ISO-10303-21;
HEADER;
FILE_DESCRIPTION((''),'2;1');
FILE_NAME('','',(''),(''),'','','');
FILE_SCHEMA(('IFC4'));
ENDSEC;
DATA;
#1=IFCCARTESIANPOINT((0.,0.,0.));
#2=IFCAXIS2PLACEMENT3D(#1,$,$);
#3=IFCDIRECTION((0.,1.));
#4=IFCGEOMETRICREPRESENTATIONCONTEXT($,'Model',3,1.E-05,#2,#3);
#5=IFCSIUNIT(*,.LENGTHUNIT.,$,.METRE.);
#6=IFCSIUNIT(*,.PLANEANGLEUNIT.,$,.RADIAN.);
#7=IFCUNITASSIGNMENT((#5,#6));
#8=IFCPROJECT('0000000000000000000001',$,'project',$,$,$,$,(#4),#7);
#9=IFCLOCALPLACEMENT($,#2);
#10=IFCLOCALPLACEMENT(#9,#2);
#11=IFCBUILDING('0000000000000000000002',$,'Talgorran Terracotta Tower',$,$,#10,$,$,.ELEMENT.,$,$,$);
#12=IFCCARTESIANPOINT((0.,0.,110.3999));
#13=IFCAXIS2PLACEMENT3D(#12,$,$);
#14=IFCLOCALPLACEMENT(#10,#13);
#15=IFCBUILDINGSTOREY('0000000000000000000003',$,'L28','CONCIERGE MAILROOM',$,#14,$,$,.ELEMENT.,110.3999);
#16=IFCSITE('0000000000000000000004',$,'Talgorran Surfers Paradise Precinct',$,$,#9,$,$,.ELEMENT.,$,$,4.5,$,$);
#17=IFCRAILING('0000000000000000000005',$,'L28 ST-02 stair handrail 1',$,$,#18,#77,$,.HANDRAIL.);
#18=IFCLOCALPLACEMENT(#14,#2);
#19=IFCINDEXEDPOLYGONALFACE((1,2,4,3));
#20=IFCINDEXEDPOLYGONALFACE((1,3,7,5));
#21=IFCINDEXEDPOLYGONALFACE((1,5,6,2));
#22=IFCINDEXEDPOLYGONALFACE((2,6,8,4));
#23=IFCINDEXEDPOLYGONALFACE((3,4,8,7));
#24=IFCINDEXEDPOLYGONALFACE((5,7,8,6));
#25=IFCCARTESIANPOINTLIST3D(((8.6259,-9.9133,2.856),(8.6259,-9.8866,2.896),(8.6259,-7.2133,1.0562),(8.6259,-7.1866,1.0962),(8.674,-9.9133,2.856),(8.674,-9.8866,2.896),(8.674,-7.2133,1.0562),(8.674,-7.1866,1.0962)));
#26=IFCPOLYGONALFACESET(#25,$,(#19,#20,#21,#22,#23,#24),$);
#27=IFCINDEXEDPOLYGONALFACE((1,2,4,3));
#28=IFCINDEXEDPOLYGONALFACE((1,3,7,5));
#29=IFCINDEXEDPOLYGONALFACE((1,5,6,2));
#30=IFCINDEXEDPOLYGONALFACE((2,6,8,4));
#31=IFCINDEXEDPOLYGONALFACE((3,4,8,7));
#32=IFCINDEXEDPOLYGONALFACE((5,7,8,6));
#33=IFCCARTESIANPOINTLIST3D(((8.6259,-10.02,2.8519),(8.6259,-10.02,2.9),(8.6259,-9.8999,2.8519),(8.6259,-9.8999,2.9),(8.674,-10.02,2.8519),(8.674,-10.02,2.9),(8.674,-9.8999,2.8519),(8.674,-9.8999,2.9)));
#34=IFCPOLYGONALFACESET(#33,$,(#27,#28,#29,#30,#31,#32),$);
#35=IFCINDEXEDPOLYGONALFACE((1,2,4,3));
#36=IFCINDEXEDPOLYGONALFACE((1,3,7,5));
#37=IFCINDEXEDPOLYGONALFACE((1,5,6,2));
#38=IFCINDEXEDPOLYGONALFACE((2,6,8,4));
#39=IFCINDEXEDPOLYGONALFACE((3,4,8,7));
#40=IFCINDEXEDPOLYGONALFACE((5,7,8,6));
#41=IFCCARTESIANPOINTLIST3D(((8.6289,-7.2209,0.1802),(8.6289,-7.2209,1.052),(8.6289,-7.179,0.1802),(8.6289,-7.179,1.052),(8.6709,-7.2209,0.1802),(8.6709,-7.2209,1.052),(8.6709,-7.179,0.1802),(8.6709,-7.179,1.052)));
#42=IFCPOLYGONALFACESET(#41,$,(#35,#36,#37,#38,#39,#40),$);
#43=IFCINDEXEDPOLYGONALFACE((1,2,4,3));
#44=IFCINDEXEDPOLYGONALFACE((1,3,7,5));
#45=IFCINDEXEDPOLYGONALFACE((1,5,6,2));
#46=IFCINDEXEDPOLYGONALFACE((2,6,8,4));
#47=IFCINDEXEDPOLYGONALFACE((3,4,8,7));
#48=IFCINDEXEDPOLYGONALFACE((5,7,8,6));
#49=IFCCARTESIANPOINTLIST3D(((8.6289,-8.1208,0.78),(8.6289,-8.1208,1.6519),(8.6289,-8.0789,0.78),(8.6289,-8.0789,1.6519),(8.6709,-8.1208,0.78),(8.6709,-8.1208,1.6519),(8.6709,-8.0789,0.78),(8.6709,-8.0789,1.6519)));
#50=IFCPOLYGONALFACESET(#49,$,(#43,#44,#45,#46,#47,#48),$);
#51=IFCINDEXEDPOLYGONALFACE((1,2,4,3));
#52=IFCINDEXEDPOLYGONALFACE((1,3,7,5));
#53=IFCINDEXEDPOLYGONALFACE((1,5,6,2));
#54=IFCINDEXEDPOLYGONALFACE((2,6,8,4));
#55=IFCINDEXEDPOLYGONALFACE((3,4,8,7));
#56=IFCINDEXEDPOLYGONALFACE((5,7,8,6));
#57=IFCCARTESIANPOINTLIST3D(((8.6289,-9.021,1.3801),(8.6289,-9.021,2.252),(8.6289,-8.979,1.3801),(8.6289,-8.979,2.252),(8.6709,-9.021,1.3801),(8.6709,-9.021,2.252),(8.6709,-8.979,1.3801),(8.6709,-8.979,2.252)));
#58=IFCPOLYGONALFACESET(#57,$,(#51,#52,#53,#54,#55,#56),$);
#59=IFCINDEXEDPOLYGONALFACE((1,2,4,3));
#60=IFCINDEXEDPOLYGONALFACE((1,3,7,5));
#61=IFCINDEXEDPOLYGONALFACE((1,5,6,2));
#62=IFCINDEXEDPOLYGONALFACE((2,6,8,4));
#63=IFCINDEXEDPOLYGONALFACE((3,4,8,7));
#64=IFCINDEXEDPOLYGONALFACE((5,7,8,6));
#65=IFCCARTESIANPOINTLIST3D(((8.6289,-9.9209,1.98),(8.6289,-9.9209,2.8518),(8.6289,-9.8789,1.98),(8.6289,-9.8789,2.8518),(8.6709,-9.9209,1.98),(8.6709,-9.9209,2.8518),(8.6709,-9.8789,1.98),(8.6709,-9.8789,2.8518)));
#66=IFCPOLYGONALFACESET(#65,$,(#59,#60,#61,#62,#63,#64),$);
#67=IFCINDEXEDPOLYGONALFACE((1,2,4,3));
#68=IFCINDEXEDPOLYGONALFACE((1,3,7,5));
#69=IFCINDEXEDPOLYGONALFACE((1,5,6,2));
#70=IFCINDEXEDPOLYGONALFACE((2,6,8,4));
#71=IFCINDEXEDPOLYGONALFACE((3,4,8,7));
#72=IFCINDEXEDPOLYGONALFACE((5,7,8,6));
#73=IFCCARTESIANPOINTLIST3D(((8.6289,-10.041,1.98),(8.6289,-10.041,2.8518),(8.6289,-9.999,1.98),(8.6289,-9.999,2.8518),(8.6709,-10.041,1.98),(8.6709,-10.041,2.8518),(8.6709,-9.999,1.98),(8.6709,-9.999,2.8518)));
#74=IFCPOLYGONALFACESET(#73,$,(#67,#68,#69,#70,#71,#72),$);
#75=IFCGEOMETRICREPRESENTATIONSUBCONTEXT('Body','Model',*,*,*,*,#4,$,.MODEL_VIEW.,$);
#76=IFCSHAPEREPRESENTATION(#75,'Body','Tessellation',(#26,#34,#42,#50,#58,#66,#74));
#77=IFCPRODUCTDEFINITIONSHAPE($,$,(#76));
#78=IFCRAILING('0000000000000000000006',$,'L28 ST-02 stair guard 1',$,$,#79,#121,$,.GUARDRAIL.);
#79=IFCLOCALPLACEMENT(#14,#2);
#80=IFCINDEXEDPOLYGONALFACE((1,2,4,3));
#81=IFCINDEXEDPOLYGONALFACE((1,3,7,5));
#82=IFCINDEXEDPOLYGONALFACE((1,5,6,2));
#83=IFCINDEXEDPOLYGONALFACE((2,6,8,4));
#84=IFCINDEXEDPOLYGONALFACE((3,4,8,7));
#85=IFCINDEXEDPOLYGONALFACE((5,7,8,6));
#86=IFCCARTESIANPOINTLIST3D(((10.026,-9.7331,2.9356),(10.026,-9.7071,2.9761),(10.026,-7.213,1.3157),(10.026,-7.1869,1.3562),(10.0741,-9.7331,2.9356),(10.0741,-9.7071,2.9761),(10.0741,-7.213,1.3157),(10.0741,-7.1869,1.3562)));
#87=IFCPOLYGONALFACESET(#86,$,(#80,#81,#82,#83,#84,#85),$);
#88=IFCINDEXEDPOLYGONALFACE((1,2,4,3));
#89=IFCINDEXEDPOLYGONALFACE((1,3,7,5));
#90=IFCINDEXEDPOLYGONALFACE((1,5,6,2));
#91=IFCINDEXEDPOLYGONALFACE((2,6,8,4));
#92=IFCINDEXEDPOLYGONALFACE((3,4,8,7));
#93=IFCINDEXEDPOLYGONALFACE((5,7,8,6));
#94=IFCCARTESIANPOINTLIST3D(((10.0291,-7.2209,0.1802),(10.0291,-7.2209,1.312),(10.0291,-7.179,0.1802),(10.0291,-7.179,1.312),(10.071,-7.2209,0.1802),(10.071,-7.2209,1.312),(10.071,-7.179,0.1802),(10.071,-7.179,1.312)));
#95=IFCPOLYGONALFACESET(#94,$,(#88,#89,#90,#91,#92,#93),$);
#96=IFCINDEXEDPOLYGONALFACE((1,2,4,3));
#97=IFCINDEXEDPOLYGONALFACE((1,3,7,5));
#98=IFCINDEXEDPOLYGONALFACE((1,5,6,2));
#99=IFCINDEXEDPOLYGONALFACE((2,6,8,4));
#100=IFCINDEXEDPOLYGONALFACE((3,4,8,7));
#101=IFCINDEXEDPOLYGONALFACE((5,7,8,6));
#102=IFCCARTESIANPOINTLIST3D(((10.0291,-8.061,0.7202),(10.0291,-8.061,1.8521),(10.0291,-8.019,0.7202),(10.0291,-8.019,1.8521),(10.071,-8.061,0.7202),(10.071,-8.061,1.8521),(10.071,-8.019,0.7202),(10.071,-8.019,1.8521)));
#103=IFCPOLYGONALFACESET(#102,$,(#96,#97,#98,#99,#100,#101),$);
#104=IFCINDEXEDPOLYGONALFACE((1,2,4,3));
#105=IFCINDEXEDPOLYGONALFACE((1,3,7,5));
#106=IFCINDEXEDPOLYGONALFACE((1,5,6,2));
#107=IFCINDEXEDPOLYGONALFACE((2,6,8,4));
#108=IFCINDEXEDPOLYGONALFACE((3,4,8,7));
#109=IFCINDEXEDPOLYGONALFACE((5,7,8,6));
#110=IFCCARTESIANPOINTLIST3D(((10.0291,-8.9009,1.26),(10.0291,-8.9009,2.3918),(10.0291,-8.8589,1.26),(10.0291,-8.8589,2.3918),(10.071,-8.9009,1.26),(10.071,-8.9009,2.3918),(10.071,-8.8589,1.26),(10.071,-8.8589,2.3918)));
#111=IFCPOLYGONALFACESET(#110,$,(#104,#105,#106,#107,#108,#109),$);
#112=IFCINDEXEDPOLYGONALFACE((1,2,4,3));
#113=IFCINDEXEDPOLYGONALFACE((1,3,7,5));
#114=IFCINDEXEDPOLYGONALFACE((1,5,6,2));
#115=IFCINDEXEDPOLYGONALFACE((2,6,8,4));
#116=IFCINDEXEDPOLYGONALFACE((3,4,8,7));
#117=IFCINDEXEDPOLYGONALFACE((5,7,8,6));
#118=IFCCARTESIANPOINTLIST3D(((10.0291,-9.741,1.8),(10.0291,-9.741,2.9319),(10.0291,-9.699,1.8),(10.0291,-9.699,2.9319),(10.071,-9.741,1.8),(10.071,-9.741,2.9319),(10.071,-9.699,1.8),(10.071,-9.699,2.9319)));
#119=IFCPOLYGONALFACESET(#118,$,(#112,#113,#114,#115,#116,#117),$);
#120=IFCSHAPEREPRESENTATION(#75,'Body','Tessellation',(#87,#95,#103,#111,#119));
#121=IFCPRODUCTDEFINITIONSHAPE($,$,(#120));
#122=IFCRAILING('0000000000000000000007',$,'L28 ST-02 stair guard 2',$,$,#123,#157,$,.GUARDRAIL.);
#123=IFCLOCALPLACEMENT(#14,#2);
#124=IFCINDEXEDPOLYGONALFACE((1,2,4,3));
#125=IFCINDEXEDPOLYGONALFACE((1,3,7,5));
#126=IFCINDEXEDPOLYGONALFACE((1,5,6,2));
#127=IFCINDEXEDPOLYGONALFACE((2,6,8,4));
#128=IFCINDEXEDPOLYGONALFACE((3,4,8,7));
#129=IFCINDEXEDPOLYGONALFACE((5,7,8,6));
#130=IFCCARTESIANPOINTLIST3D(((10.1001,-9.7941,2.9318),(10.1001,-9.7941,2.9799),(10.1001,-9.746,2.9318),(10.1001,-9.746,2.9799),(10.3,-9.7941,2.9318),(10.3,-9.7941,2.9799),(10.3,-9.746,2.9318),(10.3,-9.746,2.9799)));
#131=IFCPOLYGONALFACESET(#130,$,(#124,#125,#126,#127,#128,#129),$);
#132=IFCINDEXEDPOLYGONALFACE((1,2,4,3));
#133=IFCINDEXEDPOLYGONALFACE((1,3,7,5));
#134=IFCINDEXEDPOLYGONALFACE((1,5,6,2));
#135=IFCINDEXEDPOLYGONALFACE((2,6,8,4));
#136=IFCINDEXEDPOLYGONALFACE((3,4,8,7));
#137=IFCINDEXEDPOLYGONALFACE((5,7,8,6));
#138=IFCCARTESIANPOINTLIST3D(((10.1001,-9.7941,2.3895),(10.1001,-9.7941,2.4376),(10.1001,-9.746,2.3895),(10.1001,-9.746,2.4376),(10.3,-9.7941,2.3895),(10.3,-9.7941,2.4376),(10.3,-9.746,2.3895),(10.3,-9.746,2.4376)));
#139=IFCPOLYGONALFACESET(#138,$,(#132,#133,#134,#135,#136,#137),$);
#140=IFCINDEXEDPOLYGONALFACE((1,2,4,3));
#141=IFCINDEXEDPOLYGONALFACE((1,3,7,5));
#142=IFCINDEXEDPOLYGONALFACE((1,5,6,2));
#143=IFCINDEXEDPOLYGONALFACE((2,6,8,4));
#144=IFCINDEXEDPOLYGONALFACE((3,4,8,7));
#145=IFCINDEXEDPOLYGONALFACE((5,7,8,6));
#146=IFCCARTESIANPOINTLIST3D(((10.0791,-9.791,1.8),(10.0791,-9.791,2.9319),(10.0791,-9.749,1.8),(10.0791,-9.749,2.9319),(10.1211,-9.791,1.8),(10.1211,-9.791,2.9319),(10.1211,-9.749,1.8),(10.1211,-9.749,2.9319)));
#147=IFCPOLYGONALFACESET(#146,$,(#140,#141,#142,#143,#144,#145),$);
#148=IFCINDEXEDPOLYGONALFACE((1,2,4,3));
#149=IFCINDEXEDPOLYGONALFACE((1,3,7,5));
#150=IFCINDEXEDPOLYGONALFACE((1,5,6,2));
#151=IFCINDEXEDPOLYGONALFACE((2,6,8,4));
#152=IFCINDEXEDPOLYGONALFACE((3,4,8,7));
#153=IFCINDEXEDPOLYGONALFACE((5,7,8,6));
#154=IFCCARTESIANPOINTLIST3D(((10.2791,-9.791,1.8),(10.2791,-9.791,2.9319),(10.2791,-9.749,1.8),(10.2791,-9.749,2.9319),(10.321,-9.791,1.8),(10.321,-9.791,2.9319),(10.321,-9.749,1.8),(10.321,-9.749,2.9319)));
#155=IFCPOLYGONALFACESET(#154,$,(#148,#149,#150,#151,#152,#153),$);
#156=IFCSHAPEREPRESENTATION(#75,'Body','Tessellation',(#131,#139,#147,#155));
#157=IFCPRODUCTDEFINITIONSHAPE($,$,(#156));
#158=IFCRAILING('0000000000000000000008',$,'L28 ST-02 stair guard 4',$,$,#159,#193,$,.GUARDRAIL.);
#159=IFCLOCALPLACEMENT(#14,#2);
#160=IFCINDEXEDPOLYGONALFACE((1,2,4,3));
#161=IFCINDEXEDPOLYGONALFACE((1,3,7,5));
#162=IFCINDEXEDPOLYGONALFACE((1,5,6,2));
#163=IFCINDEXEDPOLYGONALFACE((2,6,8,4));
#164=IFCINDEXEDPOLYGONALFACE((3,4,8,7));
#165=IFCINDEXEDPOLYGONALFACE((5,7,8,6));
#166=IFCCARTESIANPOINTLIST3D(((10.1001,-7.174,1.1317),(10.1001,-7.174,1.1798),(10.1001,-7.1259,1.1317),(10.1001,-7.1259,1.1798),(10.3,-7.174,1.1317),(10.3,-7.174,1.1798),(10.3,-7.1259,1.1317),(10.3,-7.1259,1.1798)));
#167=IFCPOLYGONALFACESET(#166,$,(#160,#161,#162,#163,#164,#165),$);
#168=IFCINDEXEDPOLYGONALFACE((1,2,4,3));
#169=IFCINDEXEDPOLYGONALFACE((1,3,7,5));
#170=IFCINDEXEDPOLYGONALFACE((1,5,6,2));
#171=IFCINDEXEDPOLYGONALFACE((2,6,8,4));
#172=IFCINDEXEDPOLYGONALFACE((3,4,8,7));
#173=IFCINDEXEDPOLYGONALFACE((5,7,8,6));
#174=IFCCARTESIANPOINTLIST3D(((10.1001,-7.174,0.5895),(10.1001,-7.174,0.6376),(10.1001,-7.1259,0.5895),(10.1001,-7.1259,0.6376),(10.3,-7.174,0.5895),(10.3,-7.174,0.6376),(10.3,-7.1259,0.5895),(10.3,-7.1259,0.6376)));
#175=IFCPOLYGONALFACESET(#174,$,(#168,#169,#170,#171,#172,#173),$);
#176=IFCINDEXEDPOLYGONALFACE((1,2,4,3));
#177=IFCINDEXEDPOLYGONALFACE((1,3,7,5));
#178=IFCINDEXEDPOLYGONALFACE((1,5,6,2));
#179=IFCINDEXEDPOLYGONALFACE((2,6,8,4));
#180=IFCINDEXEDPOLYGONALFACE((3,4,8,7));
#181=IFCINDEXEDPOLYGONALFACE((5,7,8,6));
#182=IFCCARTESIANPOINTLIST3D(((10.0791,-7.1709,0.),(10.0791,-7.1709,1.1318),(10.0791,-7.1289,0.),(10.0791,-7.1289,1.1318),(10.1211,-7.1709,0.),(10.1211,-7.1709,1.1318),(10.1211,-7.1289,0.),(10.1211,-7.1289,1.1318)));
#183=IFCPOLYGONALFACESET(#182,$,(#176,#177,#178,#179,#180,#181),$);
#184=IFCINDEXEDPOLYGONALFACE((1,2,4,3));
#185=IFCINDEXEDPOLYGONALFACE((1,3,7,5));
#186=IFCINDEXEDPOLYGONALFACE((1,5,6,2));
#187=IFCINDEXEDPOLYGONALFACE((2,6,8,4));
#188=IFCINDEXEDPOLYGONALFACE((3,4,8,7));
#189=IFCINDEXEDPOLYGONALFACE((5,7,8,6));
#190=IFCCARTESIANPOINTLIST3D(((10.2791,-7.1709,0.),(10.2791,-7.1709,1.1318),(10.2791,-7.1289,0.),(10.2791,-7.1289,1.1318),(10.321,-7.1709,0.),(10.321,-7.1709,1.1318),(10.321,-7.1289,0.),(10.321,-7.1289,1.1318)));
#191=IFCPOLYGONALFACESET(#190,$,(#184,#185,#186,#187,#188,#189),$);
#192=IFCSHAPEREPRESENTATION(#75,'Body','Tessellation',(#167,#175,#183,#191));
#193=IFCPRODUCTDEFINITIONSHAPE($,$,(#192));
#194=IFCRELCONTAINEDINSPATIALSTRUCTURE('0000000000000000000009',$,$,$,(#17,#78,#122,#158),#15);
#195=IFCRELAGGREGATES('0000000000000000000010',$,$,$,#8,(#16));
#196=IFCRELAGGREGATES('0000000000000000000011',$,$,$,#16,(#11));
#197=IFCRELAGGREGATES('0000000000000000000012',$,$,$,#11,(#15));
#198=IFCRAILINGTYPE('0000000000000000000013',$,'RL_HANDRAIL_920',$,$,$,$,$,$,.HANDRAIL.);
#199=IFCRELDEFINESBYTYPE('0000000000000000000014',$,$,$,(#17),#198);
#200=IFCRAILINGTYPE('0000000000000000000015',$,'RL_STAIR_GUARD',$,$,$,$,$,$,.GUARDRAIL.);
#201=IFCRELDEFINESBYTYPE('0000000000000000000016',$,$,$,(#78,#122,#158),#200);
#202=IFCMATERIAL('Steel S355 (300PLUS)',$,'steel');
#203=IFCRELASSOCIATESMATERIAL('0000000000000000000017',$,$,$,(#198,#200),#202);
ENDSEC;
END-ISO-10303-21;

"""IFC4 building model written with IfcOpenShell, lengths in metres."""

from ifc_helpers import new_model, si_unit, direction, frame, origin, origin_2d, place, context, subcontext, project, spatial, rectangle, extrude, material, type_object, element, save


model = new_model("IFC4")

# Units and contexts
model_context = context("Model", 3, precision=1e-05, world=origin(), true_north=direction((0.0, 1.0)))
body_context = subcontext(model_context, "Body", "Model", "MODEL_VIEW")
ifc_project = project(units=[si_unit("LENGTHUNIT", "METRE"), si_unit("PLANEANGLEUNIT", "RADIAN")], contexts=[model_context])

# Site, building, storey
site_placement = place(None, origin())
site = spatial("IfcSite", under=ifc_project, at=site_placement, Name="Talgorran Surfers Paradise Precinct", CompositionType="ELEMENT", RefElevation=4.5)
building_placement = place(site_placement, origin())
building = spatial("IfcBuilding", under=site, at=building_placement, Name="Talgorran Terracotta Tower", CompositionType="ELEMENT")
storey_placement = place(building_placement, frame((0.0, 0.0, 110.3999)))
storey = spatial("IfcBuildingStorey", under=building, at=storey_placement, Name="L28", Description="CONCIERGE MAILROOM", CompositionType="ELEMENT", Elevation=110.3999)

# Railings
ifc_material_1 = material(Name="Steel S355 (300PLUS)", Category="steel")
railing_type_1 = type_object("IfcRailingType", Name="RL_HANDRAIL_920", PredefinedType="HANDRAIL", material=ifc_material_1)
railing_1_placement = place(storey_placement, frame((8.6499, -7.2, 0.1802)))
element("IfcRailing", 1, at=railing_1_placement, inside=storey, type_object=railing_type_1, Name="L28 ST-02 stair handrail 1", PredefinedType="HANDRAIL", context=body_context, shape_type="SweptSolid", body=[
    extrude(rectangle(XDim=0.0481, YDim=0.0481, at=origin_2d()), frame((0.0, 0.0, 0.896), z_axis=(0.0, -0.832073, 0.554665), x_axis=(1.0, 0.0, 0.0)), (0.0, 0.0, 1.0), 3.2449),
    extrude(rectangle(XDim=0.0481, YDim=0.0481, at=origin_2d()), frame((0.0, -2.7, 2.6958), z_axis=(0.0, -1.0, 0.0), x_axis=(1.0, 0.0, 0.0)), (0.0, 0.0, 1.0), 0.1201),
    extrude(rectangle(XDim=0.042, YDim=0.042, at=origin_2d()), origin(), (0.0, 0.0, 1.0), 0.8718),
    extrude(rectangle(XDim=0.042, YDim=0.042, at=origin_2d()), frame((0.0, -0.8999, 0.5999)), (0.0, 0.0, 1.0), 0.8718),
    extrude(rectangle(XDim=0.042, YDim=0.042, at=origin_2d()), frame((0.0, -1.8, 1.2)), (0.0, 0.0, 1.0), 0.8718),
    extrude(rectangle(XDim=0.042, YDim=0.042, at=origin_2d()), frame((0.0, -2.7, 1.7998)), (0.0, 0.0, 1.0), 0.8718),
    extrude(rectangle(XDim=0.042, YDim=0.042, at=origin_2d()), frame((0.0, -2.8201, 1.7998)), (0.0, 0.0, 1.0), 0.8718),
])
railing_type_2 = type_object("IfcRailingType", Name="RL_STAIR_GUARD", PredefinedType="GUARDRAIL", material=ifc_material_1)
railing_2_placement = place(storey_placement, frame((10.05, -7.2, 0.1802)))
element("IfcRailing", 2, at=railing_2_placement, inside=storey, type_object=railing_type_2, Name="L28 ST-02 stair guard 1", PredefinedType="GUARDRAIL", context=body_context, shape_type="SweptSolid", body=[
    extrude(rectangle(XDim=0.0481, YDim=0.0481, at=origin_2d()), frame((0.0, 0.0, 1.1558), z_axis=(0.0, -0.8412, 0.540725), x_axis=(1.0, 0.0, 0.0)), (0.0, 0.0, 1.0), 2.9958),
    extrude(rectangle(XDim=0.042, YDim=0.042, at=origin_2d()), origin(), (0.0, 0.0, 1.0), 1.1318),
    extrude(rectangle(XDim=0.042, YDim=0.042, at=origin_2d()), frame((0.0, -0.8401, 0.54)), (0.0, 0.0, 1.0), 1.1318),
    extrude(rectangle(XDim=0.042, YDim=0.042, at=origin_2d()), frame((0.0, -1.6799, 1.0798)), (0.0, 0.0, 1.0), 1.1318),
    extrude(rectangle(XDim=0.042, YDim=0.042, at=origin_2d()), frame((0.0, -2.52, 1.6199)), (0.0, 0.0, 1.0), 1.1318),
])
for number, where, name in (
    (3, (10.1001, -9.77, 1.8), "L28 ST-02 stair guard 2"),
    (4, (10.1001, -7.1499, 0.0), "L28 ST-02 stair guard 4"),
):
    element("IfcRailing", number, at=place(storey_placement, frame(where)), inside=storey, type_object=railing_type_2, Name=name, PredefinedType="GUARDRAIL", context=body_context, shape_type="SweptSolid", body=[
        extrude(rectangle(XDim=0.0481, YDim=0.0481, at=origin_2d()), frame((0.0, 0.0, 1.1558), z_axis=(1.0, 0.0, 0.0), x_axis=(0.0, 1.0, 0.0)), (0.0, 0.0, 1.0), 0.2),
        extrude(rectangle(XDim=0.0481, YDim=0.0481, at=origin_2d()), frame((0.0, 0.0, 0.6135), z_axis=(1.0, 0.0, 0.0), x_axis=(0.0, 1.0, 0.0)), (0.0, 0.0, 1.0), 0.2),
        extrude(rectangle(XDim=0.042, YDim=0.042, at=origin_2d()), origin(), (0.0, 0.0, 1.0), 1.1318),
        extrude(rectangle(XDim=0.042, YDim=0.042, at=origin_2d()), frame((0.2, 0.0, 0.0)), (0.0, 0.0, 1.0), 1.1318),
    ])

save(model, "model.ifc")
